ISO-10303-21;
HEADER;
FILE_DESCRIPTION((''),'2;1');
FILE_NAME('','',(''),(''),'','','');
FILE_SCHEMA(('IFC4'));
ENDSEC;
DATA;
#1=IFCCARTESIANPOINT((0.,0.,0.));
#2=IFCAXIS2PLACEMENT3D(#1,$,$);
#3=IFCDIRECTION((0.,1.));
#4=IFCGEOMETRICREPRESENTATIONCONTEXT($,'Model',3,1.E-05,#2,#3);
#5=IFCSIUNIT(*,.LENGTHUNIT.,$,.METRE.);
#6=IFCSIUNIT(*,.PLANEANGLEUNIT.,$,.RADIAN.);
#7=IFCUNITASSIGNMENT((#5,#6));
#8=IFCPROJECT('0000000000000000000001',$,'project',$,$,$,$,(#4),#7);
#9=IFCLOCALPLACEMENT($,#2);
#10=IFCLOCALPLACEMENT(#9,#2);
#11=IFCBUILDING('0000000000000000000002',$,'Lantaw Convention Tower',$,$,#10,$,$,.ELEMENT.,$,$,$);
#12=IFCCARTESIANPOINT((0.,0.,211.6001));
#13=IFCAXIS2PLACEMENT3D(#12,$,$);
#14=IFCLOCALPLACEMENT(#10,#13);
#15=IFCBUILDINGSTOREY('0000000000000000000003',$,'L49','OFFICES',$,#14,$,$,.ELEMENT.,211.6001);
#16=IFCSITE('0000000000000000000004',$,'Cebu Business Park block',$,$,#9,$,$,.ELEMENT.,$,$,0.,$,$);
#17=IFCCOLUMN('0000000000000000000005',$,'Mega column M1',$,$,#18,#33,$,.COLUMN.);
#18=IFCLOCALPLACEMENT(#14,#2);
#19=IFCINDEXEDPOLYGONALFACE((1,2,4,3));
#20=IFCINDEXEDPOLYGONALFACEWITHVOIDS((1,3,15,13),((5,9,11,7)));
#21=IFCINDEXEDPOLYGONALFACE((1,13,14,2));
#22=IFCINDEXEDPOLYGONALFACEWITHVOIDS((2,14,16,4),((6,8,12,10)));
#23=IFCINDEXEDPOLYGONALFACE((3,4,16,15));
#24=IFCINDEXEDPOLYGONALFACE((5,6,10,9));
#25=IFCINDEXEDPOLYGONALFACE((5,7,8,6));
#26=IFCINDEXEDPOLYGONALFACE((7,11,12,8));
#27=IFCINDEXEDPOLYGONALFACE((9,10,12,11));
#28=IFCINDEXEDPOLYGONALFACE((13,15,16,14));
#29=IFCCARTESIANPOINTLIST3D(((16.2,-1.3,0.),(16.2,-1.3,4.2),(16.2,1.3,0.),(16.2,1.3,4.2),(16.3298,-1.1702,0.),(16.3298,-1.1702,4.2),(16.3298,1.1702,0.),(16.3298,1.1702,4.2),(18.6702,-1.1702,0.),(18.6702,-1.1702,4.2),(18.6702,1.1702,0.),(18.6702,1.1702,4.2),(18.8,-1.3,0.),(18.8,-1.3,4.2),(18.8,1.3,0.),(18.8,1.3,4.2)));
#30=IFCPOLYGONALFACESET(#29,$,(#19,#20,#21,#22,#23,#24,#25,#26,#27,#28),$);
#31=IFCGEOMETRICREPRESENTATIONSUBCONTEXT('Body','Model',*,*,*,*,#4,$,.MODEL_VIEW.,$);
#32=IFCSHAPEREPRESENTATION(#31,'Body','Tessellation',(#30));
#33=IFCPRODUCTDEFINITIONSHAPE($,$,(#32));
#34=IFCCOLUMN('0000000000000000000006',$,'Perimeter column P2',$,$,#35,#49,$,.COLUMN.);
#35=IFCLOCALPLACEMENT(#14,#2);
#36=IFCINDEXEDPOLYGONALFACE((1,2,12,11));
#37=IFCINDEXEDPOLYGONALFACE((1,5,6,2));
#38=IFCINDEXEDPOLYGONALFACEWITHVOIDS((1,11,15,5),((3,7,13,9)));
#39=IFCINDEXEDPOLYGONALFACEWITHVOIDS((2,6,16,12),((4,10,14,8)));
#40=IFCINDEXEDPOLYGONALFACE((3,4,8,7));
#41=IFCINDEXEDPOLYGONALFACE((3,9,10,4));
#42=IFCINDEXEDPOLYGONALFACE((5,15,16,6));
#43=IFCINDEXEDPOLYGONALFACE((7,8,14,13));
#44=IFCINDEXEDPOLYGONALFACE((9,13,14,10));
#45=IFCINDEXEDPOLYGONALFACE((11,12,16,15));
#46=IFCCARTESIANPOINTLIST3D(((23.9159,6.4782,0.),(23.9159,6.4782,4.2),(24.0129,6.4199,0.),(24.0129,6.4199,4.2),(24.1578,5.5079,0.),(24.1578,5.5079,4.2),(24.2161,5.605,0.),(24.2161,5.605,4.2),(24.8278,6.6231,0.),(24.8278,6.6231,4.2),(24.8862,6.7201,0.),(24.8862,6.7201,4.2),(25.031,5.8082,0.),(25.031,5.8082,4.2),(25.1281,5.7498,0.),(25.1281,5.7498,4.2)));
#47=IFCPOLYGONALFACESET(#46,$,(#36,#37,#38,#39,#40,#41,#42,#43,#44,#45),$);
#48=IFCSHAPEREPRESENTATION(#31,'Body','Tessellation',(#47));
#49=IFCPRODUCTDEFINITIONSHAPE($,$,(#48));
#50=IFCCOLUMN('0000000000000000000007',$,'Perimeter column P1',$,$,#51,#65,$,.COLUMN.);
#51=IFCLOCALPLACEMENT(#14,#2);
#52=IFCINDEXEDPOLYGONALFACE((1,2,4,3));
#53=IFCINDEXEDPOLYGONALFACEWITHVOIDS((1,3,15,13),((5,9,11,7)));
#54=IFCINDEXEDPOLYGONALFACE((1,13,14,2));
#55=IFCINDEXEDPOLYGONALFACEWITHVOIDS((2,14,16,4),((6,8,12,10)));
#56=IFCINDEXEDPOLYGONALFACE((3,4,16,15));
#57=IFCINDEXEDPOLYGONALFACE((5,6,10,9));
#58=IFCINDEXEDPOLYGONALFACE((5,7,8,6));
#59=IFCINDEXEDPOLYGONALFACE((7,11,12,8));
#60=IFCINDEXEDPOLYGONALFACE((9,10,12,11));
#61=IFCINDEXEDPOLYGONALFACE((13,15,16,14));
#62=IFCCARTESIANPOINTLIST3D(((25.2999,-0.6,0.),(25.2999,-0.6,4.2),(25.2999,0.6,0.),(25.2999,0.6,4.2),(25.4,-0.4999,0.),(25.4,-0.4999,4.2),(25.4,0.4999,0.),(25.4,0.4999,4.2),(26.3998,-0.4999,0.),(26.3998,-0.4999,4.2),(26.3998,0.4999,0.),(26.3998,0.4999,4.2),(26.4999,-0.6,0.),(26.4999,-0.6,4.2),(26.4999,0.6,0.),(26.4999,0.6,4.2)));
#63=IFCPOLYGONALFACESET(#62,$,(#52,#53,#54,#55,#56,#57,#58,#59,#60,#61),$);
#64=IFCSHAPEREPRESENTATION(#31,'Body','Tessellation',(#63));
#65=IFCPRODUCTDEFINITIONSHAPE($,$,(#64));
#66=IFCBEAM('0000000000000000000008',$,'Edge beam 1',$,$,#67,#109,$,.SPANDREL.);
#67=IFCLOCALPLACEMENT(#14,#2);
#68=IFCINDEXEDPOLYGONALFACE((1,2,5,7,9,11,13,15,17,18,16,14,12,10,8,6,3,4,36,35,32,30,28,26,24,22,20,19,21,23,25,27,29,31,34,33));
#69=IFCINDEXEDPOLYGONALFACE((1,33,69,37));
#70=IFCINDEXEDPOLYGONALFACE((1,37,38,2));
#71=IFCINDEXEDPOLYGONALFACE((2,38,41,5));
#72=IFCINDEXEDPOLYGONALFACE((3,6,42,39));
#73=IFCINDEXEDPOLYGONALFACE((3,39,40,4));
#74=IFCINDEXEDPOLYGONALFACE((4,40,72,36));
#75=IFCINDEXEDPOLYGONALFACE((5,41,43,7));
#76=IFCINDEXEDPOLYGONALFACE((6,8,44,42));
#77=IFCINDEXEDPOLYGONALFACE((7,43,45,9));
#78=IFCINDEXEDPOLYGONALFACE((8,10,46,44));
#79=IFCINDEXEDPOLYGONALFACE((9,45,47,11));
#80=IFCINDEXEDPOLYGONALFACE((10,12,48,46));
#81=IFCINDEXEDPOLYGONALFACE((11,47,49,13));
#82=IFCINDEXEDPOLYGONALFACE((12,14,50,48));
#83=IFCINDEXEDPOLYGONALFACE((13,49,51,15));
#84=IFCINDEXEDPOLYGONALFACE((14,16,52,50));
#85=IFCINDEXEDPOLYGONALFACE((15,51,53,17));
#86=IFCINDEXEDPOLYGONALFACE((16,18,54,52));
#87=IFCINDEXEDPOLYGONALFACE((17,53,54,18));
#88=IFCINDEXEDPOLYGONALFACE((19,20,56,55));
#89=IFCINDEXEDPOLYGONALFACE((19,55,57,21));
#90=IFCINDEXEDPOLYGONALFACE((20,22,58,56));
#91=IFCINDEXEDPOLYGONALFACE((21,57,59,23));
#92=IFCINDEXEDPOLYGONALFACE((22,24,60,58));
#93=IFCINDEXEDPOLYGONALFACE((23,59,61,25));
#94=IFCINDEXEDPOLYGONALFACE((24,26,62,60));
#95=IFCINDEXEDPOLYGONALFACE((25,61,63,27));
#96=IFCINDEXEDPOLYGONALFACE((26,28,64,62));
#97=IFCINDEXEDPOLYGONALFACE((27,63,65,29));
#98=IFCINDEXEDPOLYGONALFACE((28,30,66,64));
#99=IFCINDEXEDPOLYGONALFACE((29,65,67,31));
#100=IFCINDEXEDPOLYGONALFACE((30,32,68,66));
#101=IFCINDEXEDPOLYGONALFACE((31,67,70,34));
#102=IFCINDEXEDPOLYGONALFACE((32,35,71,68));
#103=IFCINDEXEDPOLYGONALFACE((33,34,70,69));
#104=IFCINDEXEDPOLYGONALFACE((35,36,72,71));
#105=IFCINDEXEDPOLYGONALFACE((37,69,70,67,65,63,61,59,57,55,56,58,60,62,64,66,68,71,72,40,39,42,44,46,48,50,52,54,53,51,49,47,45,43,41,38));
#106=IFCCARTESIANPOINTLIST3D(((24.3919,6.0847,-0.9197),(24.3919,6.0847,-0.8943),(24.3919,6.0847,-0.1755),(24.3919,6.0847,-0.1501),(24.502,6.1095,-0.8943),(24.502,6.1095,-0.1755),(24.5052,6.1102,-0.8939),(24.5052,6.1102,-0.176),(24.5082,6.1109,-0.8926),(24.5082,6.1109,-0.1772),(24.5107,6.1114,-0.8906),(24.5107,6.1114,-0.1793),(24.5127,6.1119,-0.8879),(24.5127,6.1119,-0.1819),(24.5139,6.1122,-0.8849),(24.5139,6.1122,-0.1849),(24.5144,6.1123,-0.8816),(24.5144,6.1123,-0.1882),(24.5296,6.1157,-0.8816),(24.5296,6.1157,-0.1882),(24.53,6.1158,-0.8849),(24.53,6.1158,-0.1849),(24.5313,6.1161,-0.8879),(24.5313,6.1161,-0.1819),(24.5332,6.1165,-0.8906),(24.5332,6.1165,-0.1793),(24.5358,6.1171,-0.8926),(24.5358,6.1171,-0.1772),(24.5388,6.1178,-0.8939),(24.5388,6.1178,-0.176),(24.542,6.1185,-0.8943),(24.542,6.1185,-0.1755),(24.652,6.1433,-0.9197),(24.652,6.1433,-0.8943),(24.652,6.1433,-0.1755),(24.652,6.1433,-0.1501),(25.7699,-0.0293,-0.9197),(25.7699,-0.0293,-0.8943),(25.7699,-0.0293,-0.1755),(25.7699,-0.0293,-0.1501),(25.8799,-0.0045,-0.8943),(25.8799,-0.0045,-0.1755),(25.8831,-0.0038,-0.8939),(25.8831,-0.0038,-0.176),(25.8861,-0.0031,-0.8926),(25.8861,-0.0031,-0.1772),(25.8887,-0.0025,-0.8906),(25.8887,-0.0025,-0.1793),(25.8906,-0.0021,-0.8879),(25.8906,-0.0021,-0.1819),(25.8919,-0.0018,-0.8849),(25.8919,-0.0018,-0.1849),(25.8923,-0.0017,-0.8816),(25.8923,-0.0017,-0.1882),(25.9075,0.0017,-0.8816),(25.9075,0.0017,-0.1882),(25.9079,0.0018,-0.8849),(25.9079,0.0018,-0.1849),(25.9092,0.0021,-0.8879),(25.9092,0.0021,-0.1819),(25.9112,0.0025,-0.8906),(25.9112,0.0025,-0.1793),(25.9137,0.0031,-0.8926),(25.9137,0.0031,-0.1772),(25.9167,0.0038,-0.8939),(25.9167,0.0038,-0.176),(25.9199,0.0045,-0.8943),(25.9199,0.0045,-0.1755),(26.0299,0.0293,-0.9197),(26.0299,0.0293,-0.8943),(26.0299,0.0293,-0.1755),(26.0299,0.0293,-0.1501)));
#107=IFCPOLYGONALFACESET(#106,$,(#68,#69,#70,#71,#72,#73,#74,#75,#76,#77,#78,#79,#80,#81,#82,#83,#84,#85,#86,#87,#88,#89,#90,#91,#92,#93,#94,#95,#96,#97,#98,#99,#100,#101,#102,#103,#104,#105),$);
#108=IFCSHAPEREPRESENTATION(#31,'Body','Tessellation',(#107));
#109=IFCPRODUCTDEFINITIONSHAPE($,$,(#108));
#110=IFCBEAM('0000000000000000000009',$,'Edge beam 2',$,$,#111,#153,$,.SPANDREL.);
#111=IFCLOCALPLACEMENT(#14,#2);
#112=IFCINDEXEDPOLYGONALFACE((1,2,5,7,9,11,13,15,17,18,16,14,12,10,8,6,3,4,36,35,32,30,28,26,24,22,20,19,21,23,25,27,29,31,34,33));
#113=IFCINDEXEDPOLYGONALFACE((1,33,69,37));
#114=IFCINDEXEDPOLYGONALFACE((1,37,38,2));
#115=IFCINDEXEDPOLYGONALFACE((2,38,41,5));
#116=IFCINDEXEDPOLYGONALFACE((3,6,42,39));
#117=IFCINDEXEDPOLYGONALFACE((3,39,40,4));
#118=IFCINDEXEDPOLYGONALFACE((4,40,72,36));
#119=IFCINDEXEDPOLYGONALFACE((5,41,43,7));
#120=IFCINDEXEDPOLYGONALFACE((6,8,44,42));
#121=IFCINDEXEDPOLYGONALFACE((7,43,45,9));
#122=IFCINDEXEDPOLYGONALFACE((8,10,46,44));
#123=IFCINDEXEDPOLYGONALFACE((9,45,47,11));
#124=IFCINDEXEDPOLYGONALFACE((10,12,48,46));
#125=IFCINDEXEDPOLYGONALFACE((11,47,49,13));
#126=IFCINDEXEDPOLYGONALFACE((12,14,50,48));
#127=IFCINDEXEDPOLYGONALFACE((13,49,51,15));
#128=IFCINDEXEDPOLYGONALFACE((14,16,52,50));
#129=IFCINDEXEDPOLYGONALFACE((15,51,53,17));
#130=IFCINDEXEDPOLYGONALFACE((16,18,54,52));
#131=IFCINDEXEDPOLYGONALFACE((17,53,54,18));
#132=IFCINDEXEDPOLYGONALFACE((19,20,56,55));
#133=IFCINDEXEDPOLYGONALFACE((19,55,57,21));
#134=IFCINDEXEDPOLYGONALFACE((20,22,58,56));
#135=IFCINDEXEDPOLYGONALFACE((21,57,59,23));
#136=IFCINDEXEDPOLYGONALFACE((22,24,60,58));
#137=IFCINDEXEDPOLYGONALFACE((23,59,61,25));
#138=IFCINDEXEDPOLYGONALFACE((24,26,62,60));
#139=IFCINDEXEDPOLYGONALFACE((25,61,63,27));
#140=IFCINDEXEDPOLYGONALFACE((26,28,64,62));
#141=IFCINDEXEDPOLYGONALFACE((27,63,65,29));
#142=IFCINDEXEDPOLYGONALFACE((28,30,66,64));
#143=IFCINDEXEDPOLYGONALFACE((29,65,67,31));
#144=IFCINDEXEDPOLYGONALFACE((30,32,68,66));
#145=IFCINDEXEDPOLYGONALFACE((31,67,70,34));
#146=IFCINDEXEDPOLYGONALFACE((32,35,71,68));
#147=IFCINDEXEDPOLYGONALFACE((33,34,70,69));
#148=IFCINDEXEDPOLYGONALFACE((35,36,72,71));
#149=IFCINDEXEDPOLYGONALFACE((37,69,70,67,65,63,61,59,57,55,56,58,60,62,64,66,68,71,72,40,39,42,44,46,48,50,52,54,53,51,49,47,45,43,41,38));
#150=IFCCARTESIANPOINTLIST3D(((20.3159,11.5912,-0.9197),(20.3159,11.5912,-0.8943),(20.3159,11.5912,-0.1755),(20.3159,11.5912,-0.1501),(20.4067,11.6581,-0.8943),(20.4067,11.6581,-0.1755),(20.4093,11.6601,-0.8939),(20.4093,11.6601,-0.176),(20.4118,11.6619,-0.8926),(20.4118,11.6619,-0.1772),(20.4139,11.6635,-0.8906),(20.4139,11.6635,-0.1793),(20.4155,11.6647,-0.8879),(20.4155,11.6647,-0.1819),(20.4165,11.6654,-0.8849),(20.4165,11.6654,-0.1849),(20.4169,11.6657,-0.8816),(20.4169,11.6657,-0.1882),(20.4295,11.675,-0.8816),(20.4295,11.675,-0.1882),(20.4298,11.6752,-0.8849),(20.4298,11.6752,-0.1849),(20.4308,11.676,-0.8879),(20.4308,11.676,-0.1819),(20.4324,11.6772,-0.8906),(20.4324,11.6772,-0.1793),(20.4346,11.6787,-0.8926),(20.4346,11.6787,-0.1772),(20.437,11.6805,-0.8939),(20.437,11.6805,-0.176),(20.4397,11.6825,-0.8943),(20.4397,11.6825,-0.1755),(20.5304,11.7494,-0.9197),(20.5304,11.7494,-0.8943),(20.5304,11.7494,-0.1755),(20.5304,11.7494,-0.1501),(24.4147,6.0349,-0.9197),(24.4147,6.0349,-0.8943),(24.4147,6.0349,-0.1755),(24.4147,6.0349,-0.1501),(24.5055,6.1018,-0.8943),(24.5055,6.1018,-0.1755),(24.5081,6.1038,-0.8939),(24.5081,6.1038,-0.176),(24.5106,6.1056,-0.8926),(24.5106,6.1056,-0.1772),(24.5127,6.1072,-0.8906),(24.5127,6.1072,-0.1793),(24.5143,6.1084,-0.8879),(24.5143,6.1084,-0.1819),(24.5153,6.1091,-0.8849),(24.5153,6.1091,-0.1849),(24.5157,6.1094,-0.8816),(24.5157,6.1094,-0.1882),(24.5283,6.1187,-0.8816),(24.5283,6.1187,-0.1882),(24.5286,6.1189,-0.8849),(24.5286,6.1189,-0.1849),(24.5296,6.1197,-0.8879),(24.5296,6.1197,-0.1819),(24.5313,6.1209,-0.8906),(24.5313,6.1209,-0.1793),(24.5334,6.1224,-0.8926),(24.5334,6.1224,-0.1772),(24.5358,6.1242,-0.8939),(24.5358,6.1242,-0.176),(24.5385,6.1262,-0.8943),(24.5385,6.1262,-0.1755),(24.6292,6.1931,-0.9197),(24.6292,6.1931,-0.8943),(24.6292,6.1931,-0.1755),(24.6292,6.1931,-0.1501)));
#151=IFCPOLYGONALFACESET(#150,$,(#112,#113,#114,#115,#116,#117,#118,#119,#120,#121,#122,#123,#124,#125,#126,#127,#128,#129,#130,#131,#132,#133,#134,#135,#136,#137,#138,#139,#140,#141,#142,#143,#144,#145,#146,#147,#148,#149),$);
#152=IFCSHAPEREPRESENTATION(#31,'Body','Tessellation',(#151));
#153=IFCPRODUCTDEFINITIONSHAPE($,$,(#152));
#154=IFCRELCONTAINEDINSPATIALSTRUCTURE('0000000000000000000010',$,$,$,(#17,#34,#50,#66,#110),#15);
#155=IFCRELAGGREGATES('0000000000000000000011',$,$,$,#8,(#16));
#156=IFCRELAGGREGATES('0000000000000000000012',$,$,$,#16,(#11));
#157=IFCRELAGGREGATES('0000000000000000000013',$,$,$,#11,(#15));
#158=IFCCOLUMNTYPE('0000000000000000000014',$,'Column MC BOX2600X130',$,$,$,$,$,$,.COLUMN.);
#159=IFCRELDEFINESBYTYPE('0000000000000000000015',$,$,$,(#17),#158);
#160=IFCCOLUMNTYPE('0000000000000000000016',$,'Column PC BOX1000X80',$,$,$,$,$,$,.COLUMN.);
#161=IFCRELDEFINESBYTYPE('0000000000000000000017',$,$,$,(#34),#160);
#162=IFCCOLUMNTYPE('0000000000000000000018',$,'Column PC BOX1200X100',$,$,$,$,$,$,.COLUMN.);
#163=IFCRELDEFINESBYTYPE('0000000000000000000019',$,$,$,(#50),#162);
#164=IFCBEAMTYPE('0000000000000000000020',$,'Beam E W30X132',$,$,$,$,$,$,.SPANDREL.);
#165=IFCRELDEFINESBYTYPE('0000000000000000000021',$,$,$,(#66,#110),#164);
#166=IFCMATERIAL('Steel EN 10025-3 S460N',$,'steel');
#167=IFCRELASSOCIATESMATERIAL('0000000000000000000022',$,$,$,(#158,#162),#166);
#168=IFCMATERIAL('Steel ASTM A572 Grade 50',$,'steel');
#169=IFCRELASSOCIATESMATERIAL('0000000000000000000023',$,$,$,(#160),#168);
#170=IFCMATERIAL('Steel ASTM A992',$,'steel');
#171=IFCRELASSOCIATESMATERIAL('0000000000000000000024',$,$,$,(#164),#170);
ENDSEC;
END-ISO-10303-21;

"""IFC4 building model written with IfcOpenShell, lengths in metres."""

from ifc_helpers import new_model, si_unit, direction, frame, origin, origin_2d, place, context, subcontext, project, spatial, rectangle, hollow_rectangle, i_section, extrude, material, material_profile, profile_set, type_object, element, save


model = new_model("IFC4")

# Units and contexts
model_context = context("Model", 3, precision=1e-05, world=origin(), true_north=direction((0.0, 1.0)))
body_context = subcontext(model_context, "Body", "Model", "MODEL_VIEW")
ifc_project = project(units=[si_unit("LENGTHUNIT", "METRE"), si_unit("PLANEANGLEUNIT", "RADIAN")], contexts=[model_context])

# Site, building, storey
site_placement = place(None, origin())
site = spatial("IfcSite", under=ifc_project, at=site_placement, Name="Cebu Business Park block", CompositionType="ELEMENT", RefElevation=0.0)
building_placement = place(site_placement, origin())
building = spatial("IfcBuilding", under=site, at=building_placement, Name="Lantaw Convention Tower", CompositionType="ELEMENT")
storey_placement = place(building_placement, frame((0.0, 0.0, 211.6001)))
storey = spatial("IfcBuildingStorey", under=building, at=storey_placement, Name="L49", Description="OFFICES", CompositionType="ELEMENT", Elevation=211.6001)

# Columns
ifc_material_1 = material(Name="Steel EN 10025-3 S460N", Category="steel")
ifc_material_profile_1 = material_profile(ifc_material_1, hollow_rectangle(XDim=2.6001, YDim=2.6001, WallThickness=0.1299, at=origin_2d()), Name="BOX2600X130")
ifc_material_2 = material(Name="Concrete C60/75", Category="concrete")
ifc_material_profile_2 = material_profile(ifc_material_2, rectangle(XDim=2.3401, YDim=2.3401, at=origin_2d()), Name="Concrete fill of BOX2600X130")
ifc_profile_set_1 = profile_set([ifc_material_profile_1, ifc_material_profile_2], Name="Steel EN 10025-3 S460N")
column_type_1 = type_object("IfcColumnType", Name="Column MC BOX2600X130", PredefinedType="COLUMN", material=ifc_profile_set_1)
column_1_placement = place(storey_placement, frame((17.5, 0.0, 0.0), z_axis=(0.0, 0.0, 1.0), x_axis=(1.0, 0.0, 0.0)))
element("IfcColumn", 1, at=column_1_placement, inside=storey, type_object=column_type_1, Name="Mega column M1", PredefinedType="COLUMN", context=body_context, shape_type="SweptSolid", body=[
    extrude(hollow_rectangle(XDim=2.6001, YDim=2.6001, WallThickness=0.1299, at=origin_2d()), origin(), (0.0, 0.0, 1.0), 4.2),
])
ifc_material_3 = material(Name="Steel ASTM A572 Grade 50", Category="steel")
ifc_material_profile_3 = material_profile(ifc_material_3, hollow_rectangle(XDim=1.0, YDim=1.0, WallThickness=0.0801, at=origin_2d()), Name="BOX1000X80")
ifc_material_profile_4 = material_profile(ifc_material_2, rectangle(XDim=0.8401, YDim=0.8401, at=origin_2d()), Name="Concrete fill of BOX1000X80")
ifc_profile_set_2 = profile_set([ifc_material_profile_3, ifc_material_profile_4], Name="Steel ASTM A572 Grade 50")
column_type_2 = type_object("IfcColumnType", Name="Column PC BOX1000X80", PredefinedType="COLUMN", material=ifc_profile_set_2)
column_2_placement = place(storey_placement, frame((24.522, 6.114, 0.0), z_axis=(0.0, 0.0, 1.0), x_axis=(0.970296, 0.241922, 0.0)))
element("IfcColumn", 2, at=column_2_placement, inside=storey, type_object=column_type_2, Name="Perimeter column P2", PredefinedType="COLUMN", context=body_context, shape_type="SweptSolid", body=[
    extrude(hollow_rectangle(XDim=1.0, YDim=1.0, WallThickness=0.0801, at=origin_2d()), origin(), (0.0, 0.0, 1.0), 4.2),
])
ifc_material_profile_5 = material_profile(ifc_material_1, hollow_rectangle(XDim=1.2, YDim=1.2, WallThickness=0.1001, at=origin_2d()), Name="BOX1200X100")
ifc_material_profile_6 = material_profile(ifc_material_2, rectangle(XDim=1.0, YDim=1.0, at=origin_2d()), Name="Concrete fill of BOX1200X100")
ifc_profile_set_3 = profile_set([ifc_material_profile_5, ifc_material_profile_6], Name="Steel EN 10025-3 S460N")
column_type_3 = type_object("IfcColumnType", Name="Column PC BOX1200X100", PredefinedType="COLUMN", material=ifc_profile_set_3)
column_3_placement = place(storey_placement, frame((25.8999, 0.0, 0.0), z_axis=(0.0, 0.0, 1.0), x_axis=(1.0, 0.0, 0.0)))
element("IfcColumn", 3, at=column_3_placement, inside=storey, type_object=column_type_3, Name="Perimeter column P1", PredefinedType="COLUMN", context=body_context, shape_type="SweptSolid", body=[
    extrude(hollow_rectangle(XDim=1.2, YDim=1.2, WallThickness=0.1001, at=origin_2d()), origin(), (0.0, 0.0, 1.0), 4.2),
])

# Beams
ifc_material_4 = material(Name="Steel ASTM A992", Category="steel")
ifc_material_profile_7 = material_profile(ifc_material_4, i_section(OverallWidth=0.2666, OverallDepth=0.7695, WebThickness=0.0156, FlangeThickness=0.0254, FilletRadius=0.0127, at=origin_2d()), Name="W30X132")
ifc_profile_set_4 = profile_set([ifc_material_profile_7], Name="Steel ASTM A992")
beam_type_1 = type_object("IfcBeamType", Name="Beam E W30X132", PredefinedType="SPANDREL", material=ifc_profile_set_4)
beam_1_placement = place(storey_placement, frame((25.8999, 0.0, -0.5349), z_axis=(-0.219858, 0.975532, 0.0), x_axis=(-0.975532, -0.219858, 0.0)))
element("IfcBeam", 4, at=beam_1_placement, inside=storey, type_object=beam_type_1, Name="Edge beam 1", PredefinedType="SPANDREL", context=body_context, shape_type="SweptSolid", body=[
    extrude(i_section(OverallWidth=0.2666, OverallDepth=0.7695, WebThickness=0.0156, FlangeThickness=0.0254, FilletRadius=0.0127, at=origin_2d()), origin(), (0.0, 0.0, 1.0), 6.2673),
])
beam_2_placement = place(storey_placement, frame((24.522, 6.114, -0.5349), z_axis=(-0.593639, 0.804731, 0.0), x_axis=(-0.804731, -0.593639, 0.0)))
element("IfcBeam", 5, at=beam_2_placement, inside=storey, type_object=beam_type_1, Name="Edge beam 2", PredefinedType="SPANDREL", context=body_context, shape_type="SweptSolid", body=[
    extrude(i_section(OverallWidth=0.2666, OverallDepth=0.7695, WebThickness=0.0156, FlangeThickness=0.0254, FilletRadius=0.0127, at=origin_2d()), origin(), (0.0, 0.0, 1.0), 6.9045),
])

save(model, "model.ifc")
